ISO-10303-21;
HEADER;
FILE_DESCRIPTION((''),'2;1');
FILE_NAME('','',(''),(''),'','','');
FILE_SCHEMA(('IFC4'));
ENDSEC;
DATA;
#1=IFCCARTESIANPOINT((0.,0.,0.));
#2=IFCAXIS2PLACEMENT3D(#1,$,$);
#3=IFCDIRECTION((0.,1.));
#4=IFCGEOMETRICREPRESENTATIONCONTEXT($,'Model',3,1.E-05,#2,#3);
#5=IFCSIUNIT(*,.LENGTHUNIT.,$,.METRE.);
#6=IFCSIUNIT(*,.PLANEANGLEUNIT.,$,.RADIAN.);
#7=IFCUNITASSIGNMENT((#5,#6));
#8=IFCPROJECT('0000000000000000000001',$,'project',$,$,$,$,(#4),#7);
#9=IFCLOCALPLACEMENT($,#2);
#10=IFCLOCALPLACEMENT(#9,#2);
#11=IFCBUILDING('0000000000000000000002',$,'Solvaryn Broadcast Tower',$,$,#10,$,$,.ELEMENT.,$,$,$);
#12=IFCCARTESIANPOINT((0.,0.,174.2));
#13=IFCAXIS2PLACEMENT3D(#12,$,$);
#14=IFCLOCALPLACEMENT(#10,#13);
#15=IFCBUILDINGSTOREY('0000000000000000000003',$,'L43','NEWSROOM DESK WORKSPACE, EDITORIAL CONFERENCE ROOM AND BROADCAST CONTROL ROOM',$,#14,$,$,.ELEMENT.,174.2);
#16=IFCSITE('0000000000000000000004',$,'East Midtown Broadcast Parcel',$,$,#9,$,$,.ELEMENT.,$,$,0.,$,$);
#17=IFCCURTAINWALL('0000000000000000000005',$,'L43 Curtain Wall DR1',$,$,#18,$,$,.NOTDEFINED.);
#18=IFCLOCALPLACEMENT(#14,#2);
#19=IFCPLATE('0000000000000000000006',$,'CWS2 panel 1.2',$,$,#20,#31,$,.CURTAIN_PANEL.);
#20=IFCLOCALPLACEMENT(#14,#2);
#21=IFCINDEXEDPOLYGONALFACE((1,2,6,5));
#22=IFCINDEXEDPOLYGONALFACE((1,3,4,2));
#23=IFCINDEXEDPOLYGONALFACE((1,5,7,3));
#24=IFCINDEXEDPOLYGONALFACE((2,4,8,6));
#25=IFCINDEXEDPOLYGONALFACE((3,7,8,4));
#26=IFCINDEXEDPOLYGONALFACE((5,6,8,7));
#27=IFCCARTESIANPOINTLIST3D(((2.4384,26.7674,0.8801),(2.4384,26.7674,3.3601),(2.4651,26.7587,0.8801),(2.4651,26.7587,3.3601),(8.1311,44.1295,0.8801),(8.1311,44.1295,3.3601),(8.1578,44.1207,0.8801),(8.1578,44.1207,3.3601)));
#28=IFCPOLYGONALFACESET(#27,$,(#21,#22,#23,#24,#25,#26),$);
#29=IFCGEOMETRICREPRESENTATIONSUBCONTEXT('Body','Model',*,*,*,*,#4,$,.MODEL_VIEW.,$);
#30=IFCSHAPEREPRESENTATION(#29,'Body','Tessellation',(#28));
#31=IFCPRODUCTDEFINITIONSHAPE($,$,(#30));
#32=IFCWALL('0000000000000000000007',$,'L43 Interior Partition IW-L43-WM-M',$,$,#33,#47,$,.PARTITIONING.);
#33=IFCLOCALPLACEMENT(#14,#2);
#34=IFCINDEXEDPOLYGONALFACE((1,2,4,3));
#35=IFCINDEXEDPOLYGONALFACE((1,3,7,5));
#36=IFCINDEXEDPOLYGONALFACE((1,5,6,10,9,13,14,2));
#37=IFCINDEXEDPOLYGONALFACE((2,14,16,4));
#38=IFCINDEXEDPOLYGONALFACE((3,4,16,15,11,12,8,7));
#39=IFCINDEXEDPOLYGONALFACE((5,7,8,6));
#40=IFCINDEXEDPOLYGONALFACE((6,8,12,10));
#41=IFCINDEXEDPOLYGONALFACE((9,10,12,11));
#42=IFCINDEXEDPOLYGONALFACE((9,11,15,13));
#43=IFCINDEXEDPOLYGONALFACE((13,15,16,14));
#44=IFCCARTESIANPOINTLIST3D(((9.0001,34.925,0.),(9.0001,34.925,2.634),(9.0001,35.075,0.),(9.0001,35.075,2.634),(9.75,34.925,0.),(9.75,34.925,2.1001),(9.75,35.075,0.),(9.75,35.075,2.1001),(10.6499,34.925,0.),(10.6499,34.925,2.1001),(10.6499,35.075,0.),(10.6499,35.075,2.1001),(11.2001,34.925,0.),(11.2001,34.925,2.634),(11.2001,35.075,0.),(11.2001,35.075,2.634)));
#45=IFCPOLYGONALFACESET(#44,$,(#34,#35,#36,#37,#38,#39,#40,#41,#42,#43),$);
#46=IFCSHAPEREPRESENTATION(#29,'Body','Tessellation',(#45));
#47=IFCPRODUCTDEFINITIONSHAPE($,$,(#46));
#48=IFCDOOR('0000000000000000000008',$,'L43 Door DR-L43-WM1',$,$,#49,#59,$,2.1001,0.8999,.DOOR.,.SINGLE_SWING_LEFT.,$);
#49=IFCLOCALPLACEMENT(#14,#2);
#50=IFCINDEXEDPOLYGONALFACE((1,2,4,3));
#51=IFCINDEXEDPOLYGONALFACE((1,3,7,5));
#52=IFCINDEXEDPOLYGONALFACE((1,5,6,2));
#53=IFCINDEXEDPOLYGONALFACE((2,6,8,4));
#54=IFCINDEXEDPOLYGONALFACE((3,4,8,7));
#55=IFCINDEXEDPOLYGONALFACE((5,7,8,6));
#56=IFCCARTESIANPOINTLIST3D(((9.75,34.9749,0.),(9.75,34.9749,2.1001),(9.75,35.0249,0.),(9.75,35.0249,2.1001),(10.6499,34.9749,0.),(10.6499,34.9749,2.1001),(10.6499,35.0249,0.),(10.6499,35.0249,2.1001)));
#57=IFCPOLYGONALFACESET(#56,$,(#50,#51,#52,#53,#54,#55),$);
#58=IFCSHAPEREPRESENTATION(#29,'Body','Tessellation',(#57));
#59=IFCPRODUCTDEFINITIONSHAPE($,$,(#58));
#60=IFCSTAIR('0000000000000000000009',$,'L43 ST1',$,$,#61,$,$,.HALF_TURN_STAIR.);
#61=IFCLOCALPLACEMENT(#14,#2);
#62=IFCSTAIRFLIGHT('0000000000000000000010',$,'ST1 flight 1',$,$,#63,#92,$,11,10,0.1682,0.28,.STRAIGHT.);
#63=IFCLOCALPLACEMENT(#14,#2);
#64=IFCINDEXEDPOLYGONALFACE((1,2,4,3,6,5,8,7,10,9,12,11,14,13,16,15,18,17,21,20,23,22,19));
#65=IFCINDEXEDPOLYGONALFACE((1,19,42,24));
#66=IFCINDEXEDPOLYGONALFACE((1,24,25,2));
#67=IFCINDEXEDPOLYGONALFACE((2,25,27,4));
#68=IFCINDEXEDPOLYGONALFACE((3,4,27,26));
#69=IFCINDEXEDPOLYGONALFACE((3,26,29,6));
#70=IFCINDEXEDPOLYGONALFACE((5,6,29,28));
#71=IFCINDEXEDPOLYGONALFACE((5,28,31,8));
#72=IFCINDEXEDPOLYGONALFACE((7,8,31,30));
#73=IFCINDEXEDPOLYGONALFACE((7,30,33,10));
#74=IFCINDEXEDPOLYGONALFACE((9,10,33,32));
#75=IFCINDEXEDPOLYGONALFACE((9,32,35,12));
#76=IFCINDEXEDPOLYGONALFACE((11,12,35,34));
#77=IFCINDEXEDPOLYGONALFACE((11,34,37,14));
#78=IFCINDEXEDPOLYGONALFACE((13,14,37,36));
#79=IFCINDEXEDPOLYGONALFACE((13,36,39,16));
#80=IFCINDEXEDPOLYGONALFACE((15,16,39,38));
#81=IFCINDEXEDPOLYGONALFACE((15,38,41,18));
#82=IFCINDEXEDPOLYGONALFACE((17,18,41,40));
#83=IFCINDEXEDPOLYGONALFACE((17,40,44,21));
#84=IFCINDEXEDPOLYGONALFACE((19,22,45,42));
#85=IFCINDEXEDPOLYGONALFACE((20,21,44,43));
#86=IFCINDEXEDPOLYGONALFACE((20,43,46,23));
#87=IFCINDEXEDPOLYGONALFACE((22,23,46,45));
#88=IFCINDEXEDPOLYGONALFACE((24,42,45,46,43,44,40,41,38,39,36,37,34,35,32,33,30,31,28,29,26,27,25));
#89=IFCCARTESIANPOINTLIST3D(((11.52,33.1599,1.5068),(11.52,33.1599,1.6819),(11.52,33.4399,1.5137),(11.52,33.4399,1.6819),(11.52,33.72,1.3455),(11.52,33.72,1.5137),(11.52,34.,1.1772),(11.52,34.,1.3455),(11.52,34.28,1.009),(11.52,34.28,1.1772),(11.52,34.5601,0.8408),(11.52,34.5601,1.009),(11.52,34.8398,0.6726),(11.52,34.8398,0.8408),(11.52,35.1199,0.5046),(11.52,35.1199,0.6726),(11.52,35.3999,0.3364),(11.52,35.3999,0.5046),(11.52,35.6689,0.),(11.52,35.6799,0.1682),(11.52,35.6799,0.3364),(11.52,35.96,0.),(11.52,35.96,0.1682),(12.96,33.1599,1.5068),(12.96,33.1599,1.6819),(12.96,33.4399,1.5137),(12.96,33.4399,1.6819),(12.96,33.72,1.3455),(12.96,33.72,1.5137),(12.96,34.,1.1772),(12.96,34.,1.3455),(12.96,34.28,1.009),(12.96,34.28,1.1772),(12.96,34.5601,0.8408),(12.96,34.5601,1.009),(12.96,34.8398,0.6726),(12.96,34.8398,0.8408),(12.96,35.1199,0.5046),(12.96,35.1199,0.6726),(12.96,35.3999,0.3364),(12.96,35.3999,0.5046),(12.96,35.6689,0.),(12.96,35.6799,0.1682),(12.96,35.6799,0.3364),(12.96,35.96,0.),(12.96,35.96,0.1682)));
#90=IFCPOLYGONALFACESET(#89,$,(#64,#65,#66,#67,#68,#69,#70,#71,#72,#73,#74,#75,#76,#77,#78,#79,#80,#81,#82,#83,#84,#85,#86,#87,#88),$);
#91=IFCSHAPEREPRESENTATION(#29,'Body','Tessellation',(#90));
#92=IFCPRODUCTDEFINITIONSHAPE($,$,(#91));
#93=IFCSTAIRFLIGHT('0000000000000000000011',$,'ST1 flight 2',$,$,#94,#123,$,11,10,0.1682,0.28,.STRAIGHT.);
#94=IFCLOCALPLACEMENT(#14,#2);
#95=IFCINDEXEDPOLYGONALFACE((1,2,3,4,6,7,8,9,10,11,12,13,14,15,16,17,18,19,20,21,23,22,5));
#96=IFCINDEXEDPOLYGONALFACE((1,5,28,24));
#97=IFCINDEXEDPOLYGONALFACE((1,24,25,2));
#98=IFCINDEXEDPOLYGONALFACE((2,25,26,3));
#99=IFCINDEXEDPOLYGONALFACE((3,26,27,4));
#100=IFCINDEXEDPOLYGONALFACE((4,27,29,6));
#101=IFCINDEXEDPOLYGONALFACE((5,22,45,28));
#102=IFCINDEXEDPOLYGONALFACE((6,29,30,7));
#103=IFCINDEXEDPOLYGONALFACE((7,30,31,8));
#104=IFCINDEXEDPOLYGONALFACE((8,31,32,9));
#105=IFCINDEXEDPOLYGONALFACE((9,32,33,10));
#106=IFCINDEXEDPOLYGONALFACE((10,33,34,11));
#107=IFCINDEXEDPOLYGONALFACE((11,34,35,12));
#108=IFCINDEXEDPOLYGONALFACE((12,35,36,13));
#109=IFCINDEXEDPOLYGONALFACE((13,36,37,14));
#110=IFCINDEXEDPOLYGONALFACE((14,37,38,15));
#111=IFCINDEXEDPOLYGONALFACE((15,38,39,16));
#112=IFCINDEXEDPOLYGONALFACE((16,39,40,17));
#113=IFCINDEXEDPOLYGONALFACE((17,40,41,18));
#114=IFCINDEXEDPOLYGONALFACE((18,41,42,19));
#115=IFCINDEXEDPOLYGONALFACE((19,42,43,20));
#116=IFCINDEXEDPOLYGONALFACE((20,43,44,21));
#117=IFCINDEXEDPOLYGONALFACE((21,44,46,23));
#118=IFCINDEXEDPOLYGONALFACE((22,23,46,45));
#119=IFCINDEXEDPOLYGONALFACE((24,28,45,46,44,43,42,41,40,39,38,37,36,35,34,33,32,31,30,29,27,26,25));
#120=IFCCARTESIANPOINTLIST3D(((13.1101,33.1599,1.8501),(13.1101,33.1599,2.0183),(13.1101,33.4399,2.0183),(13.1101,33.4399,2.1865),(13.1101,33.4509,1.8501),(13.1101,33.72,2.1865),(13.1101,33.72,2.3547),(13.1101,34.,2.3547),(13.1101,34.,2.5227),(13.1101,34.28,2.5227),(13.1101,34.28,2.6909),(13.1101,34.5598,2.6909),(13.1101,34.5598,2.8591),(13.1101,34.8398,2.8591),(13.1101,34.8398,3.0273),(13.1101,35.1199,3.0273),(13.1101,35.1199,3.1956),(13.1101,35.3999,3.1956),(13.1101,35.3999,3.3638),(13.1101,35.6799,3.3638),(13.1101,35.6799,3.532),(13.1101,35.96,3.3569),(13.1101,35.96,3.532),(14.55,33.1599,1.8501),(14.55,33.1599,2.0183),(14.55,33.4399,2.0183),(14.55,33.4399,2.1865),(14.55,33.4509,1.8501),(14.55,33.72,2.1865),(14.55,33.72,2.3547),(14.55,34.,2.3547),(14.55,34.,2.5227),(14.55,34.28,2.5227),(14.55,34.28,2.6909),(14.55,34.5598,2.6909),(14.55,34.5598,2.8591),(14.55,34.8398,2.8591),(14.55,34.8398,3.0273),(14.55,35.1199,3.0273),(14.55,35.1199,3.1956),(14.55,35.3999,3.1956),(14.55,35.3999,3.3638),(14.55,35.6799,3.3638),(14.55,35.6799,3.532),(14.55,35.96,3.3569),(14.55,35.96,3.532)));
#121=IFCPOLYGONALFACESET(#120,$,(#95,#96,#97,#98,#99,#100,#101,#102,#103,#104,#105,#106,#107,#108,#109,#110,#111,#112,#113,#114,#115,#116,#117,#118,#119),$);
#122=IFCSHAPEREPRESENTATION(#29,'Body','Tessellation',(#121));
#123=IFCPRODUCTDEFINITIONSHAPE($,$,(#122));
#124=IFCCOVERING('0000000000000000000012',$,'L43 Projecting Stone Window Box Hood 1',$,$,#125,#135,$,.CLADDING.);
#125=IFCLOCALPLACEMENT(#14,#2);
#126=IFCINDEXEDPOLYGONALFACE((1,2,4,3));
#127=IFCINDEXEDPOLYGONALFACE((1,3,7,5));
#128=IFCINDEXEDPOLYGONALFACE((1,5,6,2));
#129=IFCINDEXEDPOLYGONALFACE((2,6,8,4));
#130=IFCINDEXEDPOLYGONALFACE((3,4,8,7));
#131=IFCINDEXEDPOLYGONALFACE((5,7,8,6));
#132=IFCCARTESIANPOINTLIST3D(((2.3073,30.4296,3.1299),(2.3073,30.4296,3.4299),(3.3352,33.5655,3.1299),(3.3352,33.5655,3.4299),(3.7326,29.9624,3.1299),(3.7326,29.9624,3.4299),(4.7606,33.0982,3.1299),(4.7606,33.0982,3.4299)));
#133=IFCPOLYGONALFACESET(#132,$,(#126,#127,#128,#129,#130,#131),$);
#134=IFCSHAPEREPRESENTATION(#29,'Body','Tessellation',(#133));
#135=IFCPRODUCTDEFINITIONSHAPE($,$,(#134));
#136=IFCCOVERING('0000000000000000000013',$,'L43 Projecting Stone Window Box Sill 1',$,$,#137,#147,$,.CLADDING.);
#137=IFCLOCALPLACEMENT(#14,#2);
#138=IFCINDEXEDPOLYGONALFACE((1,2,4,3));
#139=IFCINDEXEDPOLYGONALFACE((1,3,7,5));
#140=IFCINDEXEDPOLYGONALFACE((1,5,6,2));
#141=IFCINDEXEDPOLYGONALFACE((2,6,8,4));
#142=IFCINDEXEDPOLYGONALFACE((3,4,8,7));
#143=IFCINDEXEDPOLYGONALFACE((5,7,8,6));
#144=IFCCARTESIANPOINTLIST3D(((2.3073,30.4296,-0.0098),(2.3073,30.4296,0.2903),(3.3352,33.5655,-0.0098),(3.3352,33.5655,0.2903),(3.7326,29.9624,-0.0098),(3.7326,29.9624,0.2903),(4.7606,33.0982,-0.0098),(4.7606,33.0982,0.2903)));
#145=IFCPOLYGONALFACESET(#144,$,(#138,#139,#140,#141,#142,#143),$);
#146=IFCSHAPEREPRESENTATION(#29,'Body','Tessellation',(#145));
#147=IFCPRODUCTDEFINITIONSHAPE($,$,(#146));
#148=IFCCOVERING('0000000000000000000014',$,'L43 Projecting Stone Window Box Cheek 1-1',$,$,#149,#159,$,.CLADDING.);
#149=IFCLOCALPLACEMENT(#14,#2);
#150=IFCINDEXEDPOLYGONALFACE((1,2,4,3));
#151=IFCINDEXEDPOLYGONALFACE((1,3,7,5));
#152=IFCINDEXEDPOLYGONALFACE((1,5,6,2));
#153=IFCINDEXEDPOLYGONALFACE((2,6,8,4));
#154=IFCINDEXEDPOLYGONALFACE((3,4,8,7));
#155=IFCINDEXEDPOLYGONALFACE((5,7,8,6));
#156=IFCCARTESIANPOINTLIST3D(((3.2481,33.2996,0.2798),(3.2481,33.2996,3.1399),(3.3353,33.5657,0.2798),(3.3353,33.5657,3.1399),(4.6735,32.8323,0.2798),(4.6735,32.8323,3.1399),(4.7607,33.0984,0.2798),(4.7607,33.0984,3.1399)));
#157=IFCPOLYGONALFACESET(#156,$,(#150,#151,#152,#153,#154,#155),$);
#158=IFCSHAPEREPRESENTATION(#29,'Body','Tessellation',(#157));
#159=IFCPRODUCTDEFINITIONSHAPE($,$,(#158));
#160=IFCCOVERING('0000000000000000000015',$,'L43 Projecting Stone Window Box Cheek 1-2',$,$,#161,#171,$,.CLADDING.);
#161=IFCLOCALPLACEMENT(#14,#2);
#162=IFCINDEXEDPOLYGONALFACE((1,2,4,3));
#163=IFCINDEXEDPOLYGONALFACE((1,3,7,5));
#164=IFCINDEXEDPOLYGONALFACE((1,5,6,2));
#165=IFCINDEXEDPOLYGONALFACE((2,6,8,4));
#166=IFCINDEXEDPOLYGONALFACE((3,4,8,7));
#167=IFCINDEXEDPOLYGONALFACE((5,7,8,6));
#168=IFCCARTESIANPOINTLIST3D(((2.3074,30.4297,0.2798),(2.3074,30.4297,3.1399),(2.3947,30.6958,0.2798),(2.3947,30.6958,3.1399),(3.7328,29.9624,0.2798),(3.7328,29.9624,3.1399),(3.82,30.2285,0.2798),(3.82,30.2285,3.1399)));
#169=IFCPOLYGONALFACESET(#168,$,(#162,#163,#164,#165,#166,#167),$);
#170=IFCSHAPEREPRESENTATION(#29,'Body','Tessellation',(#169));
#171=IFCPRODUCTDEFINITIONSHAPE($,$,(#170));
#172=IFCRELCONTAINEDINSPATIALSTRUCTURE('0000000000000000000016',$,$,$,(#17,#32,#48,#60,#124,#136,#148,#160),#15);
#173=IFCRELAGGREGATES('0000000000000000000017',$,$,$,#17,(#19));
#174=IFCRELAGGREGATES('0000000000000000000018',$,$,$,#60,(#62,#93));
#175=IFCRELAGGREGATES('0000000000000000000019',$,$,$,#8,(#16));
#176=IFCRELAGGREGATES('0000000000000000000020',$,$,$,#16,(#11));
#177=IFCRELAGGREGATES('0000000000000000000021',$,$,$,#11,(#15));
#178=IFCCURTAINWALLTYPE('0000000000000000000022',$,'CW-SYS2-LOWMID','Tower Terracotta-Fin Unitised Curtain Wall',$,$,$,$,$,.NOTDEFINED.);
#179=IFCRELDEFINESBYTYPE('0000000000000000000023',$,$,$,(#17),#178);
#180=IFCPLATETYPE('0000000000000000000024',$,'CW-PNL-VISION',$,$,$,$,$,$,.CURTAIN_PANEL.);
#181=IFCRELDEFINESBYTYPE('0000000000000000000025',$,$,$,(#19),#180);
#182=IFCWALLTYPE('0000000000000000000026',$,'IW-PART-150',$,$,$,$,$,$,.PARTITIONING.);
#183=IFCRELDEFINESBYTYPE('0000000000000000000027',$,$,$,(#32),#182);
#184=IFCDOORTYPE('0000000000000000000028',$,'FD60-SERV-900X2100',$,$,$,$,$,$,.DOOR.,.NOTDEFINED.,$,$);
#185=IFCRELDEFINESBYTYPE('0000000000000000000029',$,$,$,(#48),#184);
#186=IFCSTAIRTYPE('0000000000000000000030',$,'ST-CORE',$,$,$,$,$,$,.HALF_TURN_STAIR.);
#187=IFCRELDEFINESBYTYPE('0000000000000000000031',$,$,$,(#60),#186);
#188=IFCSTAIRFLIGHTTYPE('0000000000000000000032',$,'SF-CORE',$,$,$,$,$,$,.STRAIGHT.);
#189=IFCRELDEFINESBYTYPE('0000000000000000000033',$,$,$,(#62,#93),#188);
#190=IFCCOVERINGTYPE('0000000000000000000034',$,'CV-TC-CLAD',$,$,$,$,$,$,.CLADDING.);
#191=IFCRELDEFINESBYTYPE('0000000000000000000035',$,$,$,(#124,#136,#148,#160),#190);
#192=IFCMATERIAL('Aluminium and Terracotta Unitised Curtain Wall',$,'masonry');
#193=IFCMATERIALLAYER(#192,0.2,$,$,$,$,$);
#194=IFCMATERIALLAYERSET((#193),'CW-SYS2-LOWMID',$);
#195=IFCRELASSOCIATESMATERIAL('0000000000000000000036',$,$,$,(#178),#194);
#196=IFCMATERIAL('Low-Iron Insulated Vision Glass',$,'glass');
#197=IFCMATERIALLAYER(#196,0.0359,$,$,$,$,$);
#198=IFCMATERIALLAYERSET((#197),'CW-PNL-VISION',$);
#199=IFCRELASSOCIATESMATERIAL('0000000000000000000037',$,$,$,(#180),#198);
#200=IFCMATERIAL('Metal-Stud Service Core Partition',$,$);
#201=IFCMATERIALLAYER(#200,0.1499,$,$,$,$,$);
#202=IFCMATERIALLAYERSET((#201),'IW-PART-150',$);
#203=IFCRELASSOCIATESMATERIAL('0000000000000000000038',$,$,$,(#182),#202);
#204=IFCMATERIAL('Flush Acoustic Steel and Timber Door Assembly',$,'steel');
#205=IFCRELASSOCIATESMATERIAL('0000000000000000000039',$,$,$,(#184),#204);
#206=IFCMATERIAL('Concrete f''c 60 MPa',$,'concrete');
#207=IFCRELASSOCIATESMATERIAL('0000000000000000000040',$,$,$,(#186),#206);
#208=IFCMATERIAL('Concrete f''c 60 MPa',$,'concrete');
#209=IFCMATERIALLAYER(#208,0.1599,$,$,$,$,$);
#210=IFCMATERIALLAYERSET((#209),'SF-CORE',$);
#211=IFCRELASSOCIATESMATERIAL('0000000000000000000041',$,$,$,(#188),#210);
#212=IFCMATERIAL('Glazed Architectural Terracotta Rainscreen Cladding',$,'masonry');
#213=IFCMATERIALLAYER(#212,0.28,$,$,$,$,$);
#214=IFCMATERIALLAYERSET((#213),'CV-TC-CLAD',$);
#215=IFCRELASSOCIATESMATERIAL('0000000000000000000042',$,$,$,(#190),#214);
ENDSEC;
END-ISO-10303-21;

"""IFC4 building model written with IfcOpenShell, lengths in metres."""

from ifc_helpers import new_model, si_unit, direction, frame, frame_2d, origin, origin_2d, place, context, subcontext, project, spatial, polyline, rectangle, outline, extrude, material, layer, layer_set, type_object, element, fill, aggregate, save


model = new_model("IFC4")

# Units and contexts
model_context = context("Model", 3, precision=1e-05, world=origin(), true_north=direction((0.0, 1.0)))
body_context = subcontext(model_context, "Body", "Model", "MODEL_VIEW")
ifc_project = project(units=[si_unit("LENGTHUNIT", "METRE"), si_unit("PLANEANGLEUNIT", "RADIAN")], contexts=[model_context])

# Site, building, storey
site_placement = place(None, origin())
site = spatial("IfcSite", under=ifc_project, at=site_placement, Name="East Midtown Broadcast Parcel", CompositionType="ELEMENT", RefElevation=0.0)
building_placement = place(site_placement, origin())
building = spatial("IfcBuilding", under=site, at=building_placement, Name="Solvaryn Broadcast Tower", CompositionType="ELEMENT")
storey_placement = place(building_placement, frame((0.0, 0.0, 174.2)))
storey = spatial("IfcBuildingStorey", under=building, at=storey_placement, Name="L43", Description="NEWSROOM DESK WORKSPACE, EDITORIAL CONFERENCE ROOM AND BROADCAST CONTROL ROOM", CompositionType="ELEMENT", Elevation=174.2)

# Curtain wall, plate
ifc_material_1 = material(Name="Aluminium and Terracotta Unitised Curtain Wall", Category="masonry")
ifc_layer_1 = layer(ifc_material_1, 0.2)
ifc_layer_set_1 = layer_set([ifc_layer_1], Name="CW-SYS2-LOWMID")
curtain_wall_type = type_object("IfcCurtainWallType", Name="CW-SYS2-LOWMID", Description="Tower Terracotta-Fin Unitised Curtain Wall", PredefinedType="NOTDEFINED", material=ifc_layer_set_1)
curtain_wall_placement = place(storey_placement, origin())
curtain_wall = element("IfcCurtainWall", 1, at=curtain_wall_placement, inside=storey, type_object=curtain_wall_type, Name="L43 Curtain Wall DR1", PredefinedType="NOTDEFINED")
ifc_material_2 = material(Name="Low-Iron Insulated Vision Glass", Category="glass")
ifc_layer_2 = layer(ifc_material_2, 0.0359)
ifc_layer_set_2 = layer_set([ifc_layer_2], Name="CW-PNL-VISION")
plate_type = type_object("IfcPlateType", Name="CW-PNL-VISION", PredefinedType="CURTAIN_PANEL", material=ifc_layer_set_2)
plate_1_placement = place(storey_placement, frame((5.2981, 35.4441, 0.8801), z_axis=(0.0, 0.0, 1.0), x_axis=(-0.311559, -0.950227, 0.0)))
plate_1 = element("IfcPlate", 2, at=plate_1_placement, type_object=plate_type, Name="CWS2 panel 1.2", PredefinedType="CURTAIN_PANEL", context=body_context, shape_type="SweptSolid", body=[
    extrude(rectangle(XDim=18.2715, YDim=0.0281, at=origin_2d()), origin(), (0.0, 0.0, 1.0), 2.48),
])
aggregate(curtain_wall, [plate_1])

# Wall, opening, door
ifc_material_3 = material(Name="Metal-Stud Service Core Partition")
ifc_layer_3 = layer(ifc_material_3, 0.1499)
ifc_layer_set_3 = layer_set([ifc_layer_3], Name="IW-PART-150")
wall_type = type_object("IfcWallType", Name="IW-PART-150", PredefinedType="PARTITIONING", material=ifc_layer_set_3)
wall_placement = place(storey_placement, frame((9.0, 35.0, 0.0), z_axis=(0.0, 0.0, 1.0), x_axis=(1.0, 0.0, 0.0)))
wall = element("IfcWall", 3, at=wall_placement, inside=storey, type_object=wall_type, Name="L43 Interior Partition IW-L43-WM-M", PredefinedType="PARTITIONING", context=body_context, shape_type="SweptSolid", body=[
    extrude(rectangle(XDim=2.2, YDim=0.1499, at=frame_2d((1.1001, 0.0))), origin(), (0.0, 0.0, 1.0), 2.634),
])
opening_placement = place(wall_placement, frame((0.75, 0.0, 0.0)))
opening = element("IfcOpeningElement", 4, at=opening_placement, cuts=wall, PredefinedType="OPENING", context=body_context, shape_type="SweptSolid", body=[
    extrude(rectangle(XDim=0.8999, YDim=2.1001, at=frame_2d((0.45, 1.05))), frame((0.0, 0.085, 0.0), z_axis=(0.0, -1.0, 0.0), x_axis=(1.0, 0.0, 0.0)), (0.0, 0.0, 1.0), 0.1699),
])
ifc_material_4 = material(Name="Flush Acoustic Steel and Timber Door Assembly", Category="steel")
door_type = type_object("IfcDoorType", Name="FD60-SERV-900X2100", OperationType="NOTDEFINED", PredefinedType="DOOR", material=ifc_material_4)
door_placement = place(opening_placement, origin())
door = element("IfcDoor", 5, at=door_placement, inside=storey, type_object=door_type, Name="L43 Door DR-L43-WM1", OperationType="SINGLE_SWING_LEFT", OverallHeight=2.1001, OverallWidth=0.8999, PredefinedType="DOOR", context=body_context, shape_type="SweptSolid", body=[
    extrude(rectangle(XDim=0.8999, YDim=2.1001, at=frame_2d((0.45, 1.05))), frame((0.0, 0.0249, 0.0), z_axis=(0.0, -1.0, 0.0), x_axis=(1.0, 0.0, 0.0)), (0.0, 0.0, 1.0), 0.05),
])
fill(opening, door)

# Stair, stair flights
ifc_material_5 = material(Name="Concrete f'c 60 MPa", Category="concrete")
stair_type = type_object("IfcStairType", Name="ST-CORE", PredefinedType="HALF_TURN_STAIR", material=ifc_material_5)
stair_placement = place(storey_placement, origin())
stair = element("IfcStair", 6, at=stair_placement, inside=storey, type_object=stair_type, Name="L43 ST1", PredefinedType="HALF_TURN_STAIR")
ifc_material_6 = material(Name="Concrete f'c 60 MPa", Category="concrete")
ifc_layer_4 = layer(ifc_material_6, 0.1599)
ifc_layer_set_4 = layer_set([ifc_layer_4], Name="SF-CORE")
stair_flight_type = type_object("IfcStairFlightType", Name="SF-CORE", PredefinedType="STRAIGHT", material=ifc_layer_set_4)
stair_flight_1_placement = place(storey_placement, frame((12.24, 35.96, 0.0), z_axis=(0.0, 0.0, 1.0), x_axis=(0.0, -1.0, 0.0)))
stair_flight_1 = element("IfcStairFlight", 7, at=stair_flight_1_placement, type_object=stair_flight_type, Name="ST1 flight 1", NumberOfRisers=11, NumberOfTreads=10, PredefinedType="STRAIGHT", RiserHeight=0.1682, TreadLength=0.28, context=body_context, shape_type="SweptSolid", body=[
    extrude(outline(polyline([(0.0, 0.0), (0.0, 0.1682), (0.28, 0.1682), (0.28, 0.3364), (0.5601, 0.3364), (0.5601, 0.5046), (0.8401, 0.5046), (0.8401, 0.6726), (1.1201, 0.6726), (1.1201, 0.8408), (1.3999, 0.8408), (1.3999, 1.009), (1.6799, 1.009), (1.6799, 1.1772), (1.96, 1.1772), (1.96, 1.3455), (2.24, 1.3455), (2.24, 1.5137), (2.52, 1.5137), (2.52, 1.6819), (2.8, 1.6819), (2.8, 1.8501), (2.8, 1.5068), (0.291, 0.0), (0.0, 0.0)])), frame((0.0, 0.72, 0.0), z_axis=(0.0, -1.0, 0.0), x_axis=(1.0, 0.0, 0.0)), (0.0, 0.0, 1.0), 1.4399),
])
stair_flight_2_placement = place(storey_placement, frame((13.8301, 33.1599, 1.8501), z_axis=(0.0, 0.0, 1.0), x_axis=(0.0, 1.0, 0.0)))
stair_flight_2 = element("IfcStairFlight", 8, at=stair_flight_2_placement, type_object=stair_flight_type, Name="ST1 flight 2", NumberOfRisers=11, NumberOfTreads=10, PredefinedType="STRAIGHT", RiserHeight=0.1682, TreadLength=0.28, context=body_context, shape_type="SweptSolid", body=[
    extrude(outline(polyline([(0.0, 0.0), (0.0, 0.1682), (0.28, 0.1682), (0.28, 0.3364), (0.5601, 0.3364), (0.5601, 0.5046), (0.8401, 0.5046), (0.8401, 0.6726), (1.1201, 0.6726), (1.1201, 0.8408), (1.3999, 0.8408), (1.3999, 1.009), (1.6799, 1.009), (1.6799, 1.1772), (1.96, 1.1772), (1.96, 1.3455), (2.24, 1.3455), (2.24, 1.5137), (2.52, 1.5137), (2.52, 1.6819), (2.8, 1.6819), (2.8, 1.8501), (2.8, 1.5068), (0.291, 0.0), (0.0, 0.0)])), frame((0.0, 0.72, 0.0), z_axis=(0.0, -1.0, 0.0), x_axis=(1.0, 0.0, 0.0)), (0.0, 0.0, 1.0), 1.4399),
])
aggregate(stair, [stair_flight_1, stair_flight_2])

# Coverings
ifc_material_7 = material(Name="Glazed Architectural Terracotta Rainscreen Cladding", Category="masonry")
ifc_layer_5 = layer(ifc_material_7, 0.28)
ifc_layer_set_5 = layer_set([ifc_layer_5], Name="CV-TC-CLAD")
covering_type = type_object("IfcCoveringType", Name="CV-TC-CLAD", PredefinedType="CLADDING", material=ifc_layer_set_5)
for number, where, z_axis, x_axis, name in (
    (9, (3.5339, 31.7639, 3.1299), (0.0, 0.0, 1.0), (-0.311506, -0.950244, 0.0), "L43 Projecting Stone Window Box Hood 1"),
    (10, (3.5339, 31.7639, -0.0098), (0.0, 0.0, 1.0), (-0.311506, -0.950244, 0.0), "L43 Projecting Stone Window Box Sill 1"),
):
    element("IfcCovering", number, at=place(storey_placement, frame(where, z_axis=z_axis, x_axis=x_axis)), inside=storey, type_object=covering_type, Name=name, PredefinedType="CLADDING", context=body_context, shape_type="SweptSolid", body=[
        extrude(rectangle(XDim=3.3, YDim=1.5, at=origin_2d()), origin(), (0.0, 0.0, 1.0), 0.3),
    ])
for number, where, z_axis, x_axis, name in (
    (11, (4.0044, 33.199, 0.2798), (0.0, 0.0, 1.0), (-0.311506, -0.950244, 0.0), "L43 Projecting Stone Window Box Cheek 1-1"),
    (12, (3.0637, 30.3291, 0.2798), (0.0, 0.0, 1.0), (-0.311506, -0.950244, 0.0), "L43 Projecting Stone Window Box Cheek 1-2"),
):
    element("IfcCovering", number, at=place(storey_placement, frame(where, z_axis=z_axis, x_axis=x_axis)), inside=storey, type_object=covering_type, Name=name, PredefinedType="CLADDING", context=body_context, shape_type="SweptSolid", body=[
        extrude(rectangle(XDim=0.28, YDim=1.5, at=origin_2d()), origin(), (0.0, 0.0, 1.0), 2.8601),
    ])

save(model, "model.ifc")
